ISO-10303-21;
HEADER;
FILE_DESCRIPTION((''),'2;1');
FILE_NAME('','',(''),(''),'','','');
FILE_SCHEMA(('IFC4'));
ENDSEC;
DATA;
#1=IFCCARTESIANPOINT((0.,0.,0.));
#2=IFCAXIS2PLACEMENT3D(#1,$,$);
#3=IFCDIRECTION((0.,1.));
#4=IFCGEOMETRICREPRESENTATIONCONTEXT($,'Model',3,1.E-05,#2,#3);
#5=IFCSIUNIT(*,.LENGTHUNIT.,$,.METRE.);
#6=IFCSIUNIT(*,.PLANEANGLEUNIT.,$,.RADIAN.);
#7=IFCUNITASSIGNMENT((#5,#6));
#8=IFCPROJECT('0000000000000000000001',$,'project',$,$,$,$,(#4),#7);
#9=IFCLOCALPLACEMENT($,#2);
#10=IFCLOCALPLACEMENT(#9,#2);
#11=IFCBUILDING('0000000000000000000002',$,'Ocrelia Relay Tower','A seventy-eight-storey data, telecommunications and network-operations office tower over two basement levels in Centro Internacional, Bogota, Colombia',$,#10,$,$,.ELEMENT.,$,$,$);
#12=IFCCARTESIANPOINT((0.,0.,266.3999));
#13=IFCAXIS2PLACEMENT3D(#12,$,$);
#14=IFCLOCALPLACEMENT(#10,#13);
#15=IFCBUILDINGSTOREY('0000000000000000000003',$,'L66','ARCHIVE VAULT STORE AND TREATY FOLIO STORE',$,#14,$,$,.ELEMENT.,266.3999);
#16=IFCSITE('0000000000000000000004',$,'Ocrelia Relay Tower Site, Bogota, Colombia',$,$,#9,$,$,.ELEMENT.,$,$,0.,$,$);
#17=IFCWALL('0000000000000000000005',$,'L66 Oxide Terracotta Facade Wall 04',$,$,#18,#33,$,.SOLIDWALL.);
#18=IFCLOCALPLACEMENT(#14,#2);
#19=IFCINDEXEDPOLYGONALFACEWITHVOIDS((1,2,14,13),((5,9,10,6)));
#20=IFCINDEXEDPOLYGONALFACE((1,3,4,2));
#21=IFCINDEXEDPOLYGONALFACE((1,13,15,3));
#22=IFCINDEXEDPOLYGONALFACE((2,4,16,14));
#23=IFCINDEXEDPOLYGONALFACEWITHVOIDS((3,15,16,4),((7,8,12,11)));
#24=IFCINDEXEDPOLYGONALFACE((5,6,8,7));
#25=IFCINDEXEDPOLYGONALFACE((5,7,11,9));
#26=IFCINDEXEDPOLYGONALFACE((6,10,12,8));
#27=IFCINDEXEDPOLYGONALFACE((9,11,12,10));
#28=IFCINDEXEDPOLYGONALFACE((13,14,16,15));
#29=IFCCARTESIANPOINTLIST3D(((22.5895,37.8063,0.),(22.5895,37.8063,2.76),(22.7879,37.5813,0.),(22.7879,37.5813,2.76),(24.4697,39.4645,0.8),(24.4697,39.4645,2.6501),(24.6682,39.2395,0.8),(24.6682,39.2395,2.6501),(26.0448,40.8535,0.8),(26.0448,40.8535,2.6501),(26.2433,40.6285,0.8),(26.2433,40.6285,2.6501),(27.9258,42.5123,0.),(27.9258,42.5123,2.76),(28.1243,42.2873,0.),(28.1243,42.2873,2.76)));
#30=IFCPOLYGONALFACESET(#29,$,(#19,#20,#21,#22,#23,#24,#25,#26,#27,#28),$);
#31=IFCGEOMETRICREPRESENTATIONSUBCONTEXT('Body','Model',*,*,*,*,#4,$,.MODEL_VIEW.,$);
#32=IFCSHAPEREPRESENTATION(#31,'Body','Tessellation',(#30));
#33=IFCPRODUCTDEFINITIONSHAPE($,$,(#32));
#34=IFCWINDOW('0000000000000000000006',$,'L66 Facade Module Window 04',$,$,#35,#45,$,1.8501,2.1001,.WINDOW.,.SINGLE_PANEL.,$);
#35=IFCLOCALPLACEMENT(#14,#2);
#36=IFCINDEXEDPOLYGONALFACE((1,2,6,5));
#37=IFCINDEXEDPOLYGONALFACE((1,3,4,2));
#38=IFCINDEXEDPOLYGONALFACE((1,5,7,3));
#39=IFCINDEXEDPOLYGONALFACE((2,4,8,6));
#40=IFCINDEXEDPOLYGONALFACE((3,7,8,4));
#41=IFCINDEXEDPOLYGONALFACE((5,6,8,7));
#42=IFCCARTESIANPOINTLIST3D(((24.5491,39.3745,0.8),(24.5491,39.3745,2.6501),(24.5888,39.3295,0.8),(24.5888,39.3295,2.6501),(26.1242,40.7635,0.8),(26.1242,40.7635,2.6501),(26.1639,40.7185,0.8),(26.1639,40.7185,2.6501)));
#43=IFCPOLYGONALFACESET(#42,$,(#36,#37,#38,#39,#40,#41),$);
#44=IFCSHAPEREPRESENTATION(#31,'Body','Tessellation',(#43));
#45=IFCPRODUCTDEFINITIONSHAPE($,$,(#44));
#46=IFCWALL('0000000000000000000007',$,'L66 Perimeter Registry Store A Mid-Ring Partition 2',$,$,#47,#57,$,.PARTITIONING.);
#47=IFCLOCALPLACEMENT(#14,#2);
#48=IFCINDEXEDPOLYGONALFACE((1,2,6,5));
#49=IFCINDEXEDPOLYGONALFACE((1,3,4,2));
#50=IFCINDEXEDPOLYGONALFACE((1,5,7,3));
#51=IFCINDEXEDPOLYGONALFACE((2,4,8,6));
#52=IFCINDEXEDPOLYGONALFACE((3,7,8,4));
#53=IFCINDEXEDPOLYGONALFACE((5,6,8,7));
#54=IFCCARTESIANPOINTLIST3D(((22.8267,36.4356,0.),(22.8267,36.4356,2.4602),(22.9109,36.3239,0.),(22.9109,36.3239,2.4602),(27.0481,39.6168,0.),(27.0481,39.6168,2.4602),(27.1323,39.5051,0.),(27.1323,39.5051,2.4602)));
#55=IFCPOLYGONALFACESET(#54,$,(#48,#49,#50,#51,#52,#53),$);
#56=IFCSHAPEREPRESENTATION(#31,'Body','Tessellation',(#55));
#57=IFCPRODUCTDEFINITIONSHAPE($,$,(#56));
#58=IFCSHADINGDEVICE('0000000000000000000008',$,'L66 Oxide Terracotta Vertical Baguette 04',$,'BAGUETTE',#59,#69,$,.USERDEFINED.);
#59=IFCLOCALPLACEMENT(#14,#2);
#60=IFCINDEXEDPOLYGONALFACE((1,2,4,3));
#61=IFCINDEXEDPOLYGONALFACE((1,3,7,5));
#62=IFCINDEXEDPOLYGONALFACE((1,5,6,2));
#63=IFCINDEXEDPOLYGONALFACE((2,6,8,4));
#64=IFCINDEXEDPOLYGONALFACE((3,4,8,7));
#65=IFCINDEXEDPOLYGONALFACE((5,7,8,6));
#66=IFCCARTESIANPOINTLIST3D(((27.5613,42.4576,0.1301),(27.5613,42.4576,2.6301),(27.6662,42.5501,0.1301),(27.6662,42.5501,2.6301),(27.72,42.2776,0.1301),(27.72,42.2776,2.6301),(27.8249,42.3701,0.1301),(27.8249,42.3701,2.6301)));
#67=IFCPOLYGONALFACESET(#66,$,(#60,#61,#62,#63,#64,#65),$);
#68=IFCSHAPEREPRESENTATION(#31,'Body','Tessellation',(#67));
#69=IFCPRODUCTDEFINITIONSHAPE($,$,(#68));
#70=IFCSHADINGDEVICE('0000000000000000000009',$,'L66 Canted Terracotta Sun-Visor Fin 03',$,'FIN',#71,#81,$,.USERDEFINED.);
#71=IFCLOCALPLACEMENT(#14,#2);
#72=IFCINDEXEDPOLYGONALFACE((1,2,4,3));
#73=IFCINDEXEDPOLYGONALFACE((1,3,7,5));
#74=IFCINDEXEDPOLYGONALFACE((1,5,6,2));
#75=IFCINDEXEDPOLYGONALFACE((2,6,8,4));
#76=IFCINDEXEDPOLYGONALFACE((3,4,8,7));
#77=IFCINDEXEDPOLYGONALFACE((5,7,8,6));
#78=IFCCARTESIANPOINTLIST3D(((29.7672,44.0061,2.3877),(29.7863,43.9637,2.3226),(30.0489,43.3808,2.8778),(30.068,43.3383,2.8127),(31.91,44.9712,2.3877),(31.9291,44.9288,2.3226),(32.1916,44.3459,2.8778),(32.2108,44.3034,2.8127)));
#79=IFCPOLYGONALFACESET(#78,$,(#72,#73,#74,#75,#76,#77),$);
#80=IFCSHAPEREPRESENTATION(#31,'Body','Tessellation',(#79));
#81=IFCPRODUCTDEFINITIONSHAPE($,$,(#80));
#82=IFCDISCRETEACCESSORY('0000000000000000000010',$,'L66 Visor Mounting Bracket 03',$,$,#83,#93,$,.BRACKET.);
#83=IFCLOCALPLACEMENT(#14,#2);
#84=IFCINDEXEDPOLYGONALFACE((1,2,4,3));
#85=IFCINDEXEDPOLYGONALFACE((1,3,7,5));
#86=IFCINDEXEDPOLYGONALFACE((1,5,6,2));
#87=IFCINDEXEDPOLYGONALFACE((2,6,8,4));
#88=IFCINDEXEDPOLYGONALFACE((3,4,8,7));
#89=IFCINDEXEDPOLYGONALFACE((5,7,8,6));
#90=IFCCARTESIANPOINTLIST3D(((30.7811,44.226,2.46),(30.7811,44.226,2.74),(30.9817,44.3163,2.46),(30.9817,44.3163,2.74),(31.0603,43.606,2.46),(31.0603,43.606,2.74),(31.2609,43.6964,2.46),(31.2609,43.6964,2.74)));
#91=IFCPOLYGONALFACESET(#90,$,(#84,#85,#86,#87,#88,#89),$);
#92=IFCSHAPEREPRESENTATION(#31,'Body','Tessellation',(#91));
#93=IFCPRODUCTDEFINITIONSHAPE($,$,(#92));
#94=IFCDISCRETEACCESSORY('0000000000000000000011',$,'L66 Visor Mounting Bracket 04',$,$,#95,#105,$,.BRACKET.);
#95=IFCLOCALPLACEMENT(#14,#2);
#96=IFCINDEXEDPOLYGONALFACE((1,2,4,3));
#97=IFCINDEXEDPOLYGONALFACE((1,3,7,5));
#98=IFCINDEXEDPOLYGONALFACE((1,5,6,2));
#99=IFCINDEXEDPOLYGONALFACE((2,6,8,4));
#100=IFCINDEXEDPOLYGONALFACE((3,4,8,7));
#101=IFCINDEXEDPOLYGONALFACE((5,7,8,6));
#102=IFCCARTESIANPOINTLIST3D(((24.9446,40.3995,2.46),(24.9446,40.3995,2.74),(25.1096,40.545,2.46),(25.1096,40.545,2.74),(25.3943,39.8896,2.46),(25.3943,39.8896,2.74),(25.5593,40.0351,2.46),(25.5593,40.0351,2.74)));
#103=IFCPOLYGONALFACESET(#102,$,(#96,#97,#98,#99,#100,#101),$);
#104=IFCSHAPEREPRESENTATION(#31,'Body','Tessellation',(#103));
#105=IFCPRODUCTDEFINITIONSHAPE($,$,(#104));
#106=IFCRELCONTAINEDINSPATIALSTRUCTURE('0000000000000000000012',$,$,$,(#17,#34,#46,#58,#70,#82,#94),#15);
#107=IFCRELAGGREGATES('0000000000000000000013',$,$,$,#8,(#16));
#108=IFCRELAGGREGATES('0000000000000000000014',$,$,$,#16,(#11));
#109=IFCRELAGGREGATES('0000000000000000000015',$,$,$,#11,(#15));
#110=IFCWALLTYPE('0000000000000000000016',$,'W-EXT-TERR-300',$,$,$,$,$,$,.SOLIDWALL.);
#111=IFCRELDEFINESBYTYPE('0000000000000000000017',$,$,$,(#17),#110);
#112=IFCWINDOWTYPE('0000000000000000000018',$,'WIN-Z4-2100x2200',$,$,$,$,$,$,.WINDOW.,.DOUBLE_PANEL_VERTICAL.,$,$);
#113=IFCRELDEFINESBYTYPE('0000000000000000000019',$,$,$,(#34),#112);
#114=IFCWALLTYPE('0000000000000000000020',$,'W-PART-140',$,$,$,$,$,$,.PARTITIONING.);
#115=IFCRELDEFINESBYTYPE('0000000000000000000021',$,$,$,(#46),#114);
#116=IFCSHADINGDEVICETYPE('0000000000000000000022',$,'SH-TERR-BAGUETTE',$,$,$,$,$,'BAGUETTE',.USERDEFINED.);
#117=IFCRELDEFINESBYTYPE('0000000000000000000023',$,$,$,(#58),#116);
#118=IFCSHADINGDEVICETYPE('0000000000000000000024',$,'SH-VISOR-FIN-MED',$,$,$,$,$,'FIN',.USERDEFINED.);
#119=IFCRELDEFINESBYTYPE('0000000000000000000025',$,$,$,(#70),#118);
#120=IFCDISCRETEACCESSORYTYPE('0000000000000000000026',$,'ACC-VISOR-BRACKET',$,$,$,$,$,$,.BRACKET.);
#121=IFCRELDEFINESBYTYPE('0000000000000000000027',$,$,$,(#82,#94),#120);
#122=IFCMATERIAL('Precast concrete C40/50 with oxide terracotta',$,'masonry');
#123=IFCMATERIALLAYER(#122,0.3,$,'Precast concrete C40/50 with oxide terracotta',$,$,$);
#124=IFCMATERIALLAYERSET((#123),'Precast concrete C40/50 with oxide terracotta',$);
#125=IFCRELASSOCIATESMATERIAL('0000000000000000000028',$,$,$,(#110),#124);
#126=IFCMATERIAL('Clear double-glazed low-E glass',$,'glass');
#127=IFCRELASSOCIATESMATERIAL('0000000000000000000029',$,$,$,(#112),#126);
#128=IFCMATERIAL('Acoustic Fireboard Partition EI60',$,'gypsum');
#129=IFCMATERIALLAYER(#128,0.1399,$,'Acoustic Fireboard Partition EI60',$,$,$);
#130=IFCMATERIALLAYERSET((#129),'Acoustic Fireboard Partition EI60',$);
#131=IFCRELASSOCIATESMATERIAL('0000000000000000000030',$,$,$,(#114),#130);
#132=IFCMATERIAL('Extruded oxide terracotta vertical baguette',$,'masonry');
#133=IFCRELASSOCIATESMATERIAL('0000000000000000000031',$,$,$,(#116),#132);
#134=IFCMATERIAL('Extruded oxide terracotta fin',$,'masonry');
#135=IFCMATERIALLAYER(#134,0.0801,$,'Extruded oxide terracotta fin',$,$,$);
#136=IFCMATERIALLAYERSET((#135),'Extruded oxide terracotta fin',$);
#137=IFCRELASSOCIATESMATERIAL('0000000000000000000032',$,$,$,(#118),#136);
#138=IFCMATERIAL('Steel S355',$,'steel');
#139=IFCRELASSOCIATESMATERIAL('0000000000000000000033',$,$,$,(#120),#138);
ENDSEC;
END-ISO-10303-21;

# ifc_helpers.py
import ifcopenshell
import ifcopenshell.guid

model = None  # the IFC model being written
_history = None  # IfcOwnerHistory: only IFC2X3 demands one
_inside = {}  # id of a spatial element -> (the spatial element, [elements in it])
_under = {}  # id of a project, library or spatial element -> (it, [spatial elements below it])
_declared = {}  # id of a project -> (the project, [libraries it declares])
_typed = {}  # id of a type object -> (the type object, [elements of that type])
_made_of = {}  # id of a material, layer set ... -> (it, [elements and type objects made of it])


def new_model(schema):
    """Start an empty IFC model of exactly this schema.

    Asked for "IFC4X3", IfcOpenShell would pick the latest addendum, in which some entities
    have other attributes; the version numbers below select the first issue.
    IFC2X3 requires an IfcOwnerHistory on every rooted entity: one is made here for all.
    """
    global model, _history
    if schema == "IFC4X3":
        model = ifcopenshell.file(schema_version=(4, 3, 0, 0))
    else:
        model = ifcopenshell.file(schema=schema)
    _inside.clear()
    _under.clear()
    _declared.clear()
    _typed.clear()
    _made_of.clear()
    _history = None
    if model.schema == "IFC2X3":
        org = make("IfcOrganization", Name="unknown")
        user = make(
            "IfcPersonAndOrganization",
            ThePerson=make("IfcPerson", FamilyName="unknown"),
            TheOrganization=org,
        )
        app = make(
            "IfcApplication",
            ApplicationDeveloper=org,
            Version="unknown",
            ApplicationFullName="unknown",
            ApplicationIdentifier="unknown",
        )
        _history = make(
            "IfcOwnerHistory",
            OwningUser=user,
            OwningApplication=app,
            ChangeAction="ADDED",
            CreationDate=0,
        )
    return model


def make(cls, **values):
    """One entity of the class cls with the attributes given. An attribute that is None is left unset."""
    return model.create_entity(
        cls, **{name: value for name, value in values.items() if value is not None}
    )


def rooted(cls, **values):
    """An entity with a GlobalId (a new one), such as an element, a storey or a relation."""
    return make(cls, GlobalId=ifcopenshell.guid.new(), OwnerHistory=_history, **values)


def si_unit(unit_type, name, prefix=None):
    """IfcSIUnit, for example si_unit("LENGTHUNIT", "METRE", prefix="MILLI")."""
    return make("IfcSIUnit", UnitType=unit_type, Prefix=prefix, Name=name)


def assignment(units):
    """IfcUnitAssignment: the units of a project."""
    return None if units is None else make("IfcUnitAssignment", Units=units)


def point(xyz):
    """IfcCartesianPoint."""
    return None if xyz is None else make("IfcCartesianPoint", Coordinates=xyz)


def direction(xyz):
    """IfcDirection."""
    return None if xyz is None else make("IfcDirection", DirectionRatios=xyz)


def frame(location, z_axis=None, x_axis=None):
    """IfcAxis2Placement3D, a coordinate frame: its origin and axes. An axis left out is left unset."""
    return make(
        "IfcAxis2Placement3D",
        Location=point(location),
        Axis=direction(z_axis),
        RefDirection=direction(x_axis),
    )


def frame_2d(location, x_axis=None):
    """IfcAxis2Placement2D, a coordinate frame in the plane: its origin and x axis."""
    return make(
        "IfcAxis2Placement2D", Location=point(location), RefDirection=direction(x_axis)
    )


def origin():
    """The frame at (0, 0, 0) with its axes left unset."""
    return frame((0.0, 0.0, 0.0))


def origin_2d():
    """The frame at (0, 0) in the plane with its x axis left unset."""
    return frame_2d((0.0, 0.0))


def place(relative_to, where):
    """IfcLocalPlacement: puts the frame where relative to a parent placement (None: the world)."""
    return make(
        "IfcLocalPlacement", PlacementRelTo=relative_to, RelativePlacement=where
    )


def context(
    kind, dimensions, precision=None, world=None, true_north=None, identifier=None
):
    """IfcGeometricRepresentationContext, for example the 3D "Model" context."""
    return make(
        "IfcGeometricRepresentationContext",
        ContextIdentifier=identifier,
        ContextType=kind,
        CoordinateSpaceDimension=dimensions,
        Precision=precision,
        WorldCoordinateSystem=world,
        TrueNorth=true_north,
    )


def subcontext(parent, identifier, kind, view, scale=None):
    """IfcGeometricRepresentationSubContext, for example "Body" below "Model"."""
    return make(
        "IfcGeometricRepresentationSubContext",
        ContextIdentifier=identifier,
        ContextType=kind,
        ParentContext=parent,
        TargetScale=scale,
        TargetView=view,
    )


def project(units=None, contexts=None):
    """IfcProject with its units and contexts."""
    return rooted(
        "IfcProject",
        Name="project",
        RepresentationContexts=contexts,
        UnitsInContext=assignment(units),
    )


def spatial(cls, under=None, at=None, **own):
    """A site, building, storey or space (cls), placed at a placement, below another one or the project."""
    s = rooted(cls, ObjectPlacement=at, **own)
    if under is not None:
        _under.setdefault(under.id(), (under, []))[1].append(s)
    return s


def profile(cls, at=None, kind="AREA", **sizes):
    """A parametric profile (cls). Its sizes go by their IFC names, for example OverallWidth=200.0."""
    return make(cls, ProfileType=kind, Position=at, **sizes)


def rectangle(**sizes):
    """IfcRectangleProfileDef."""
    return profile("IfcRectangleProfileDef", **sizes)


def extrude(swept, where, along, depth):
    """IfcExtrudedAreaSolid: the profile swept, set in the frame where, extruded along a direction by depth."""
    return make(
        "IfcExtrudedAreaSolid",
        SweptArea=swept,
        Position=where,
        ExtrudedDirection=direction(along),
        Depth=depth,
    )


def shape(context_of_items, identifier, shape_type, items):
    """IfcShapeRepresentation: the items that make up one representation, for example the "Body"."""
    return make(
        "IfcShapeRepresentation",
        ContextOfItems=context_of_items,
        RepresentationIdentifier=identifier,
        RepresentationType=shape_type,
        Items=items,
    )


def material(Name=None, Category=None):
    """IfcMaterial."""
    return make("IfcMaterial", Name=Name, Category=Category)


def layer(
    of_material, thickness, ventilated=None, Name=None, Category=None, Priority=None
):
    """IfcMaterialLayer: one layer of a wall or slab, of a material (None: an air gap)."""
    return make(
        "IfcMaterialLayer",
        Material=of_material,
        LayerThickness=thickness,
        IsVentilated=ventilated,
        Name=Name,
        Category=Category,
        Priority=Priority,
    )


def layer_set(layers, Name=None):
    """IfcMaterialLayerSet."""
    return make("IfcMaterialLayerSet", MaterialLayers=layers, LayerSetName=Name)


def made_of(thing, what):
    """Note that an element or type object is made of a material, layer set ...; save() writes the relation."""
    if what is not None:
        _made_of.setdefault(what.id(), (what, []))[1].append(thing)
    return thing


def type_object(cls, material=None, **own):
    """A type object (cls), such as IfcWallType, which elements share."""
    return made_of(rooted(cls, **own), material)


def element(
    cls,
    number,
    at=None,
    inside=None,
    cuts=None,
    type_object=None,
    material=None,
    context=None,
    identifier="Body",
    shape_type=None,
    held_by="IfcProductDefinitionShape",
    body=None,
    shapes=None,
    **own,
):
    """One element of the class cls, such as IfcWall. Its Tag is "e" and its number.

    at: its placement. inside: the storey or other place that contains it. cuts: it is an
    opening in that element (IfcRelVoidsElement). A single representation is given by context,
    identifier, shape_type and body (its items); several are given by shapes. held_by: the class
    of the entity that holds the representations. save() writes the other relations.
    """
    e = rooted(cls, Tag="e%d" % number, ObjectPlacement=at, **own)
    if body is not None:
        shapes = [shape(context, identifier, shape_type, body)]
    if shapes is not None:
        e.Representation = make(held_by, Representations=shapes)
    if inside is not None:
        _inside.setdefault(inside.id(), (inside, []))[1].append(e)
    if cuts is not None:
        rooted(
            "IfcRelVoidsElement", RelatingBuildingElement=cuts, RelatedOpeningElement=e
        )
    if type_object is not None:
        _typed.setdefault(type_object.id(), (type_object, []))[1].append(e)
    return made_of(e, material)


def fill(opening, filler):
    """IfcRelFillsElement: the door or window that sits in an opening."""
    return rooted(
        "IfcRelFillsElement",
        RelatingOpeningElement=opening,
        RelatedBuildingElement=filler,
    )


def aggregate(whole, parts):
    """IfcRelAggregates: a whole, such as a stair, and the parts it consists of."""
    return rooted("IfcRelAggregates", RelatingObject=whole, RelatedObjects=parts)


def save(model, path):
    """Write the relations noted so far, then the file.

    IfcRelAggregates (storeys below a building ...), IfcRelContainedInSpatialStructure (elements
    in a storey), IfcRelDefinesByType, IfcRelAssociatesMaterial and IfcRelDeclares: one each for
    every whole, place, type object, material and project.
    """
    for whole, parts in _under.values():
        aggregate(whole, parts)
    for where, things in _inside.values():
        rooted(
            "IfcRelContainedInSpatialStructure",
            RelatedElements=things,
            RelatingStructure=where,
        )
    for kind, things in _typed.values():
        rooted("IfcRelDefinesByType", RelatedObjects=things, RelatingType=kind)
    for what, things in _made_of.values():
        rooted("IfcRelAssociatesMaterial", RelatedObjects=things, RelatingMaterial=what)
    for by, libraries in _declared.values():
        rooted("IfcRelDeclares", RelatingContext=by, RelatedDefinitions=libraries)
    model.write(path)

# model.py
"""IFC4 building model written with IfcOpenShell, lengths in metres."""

from ifc_helpers import new_model, si_unit, direction, frame, frame_2d, origin, origin_2d, place, context, subcontext, project, spatial, rectangle, extrude, material, layer, layer_set, type_object, element, fill, save


model = new_model("IFC4")

# Units and contexts
model_context = context("Model", 3, precision=1e-05, world=origin(), true_north=direction((0.0, 1.0)))
body_context = subcontext(model_context, "Body", "Model", "MODEL_VIEW")
ifc_project = project(units=[si_unit("LENGTHUNIT", "METRE"), si_unit("PLANEANGLEUNIT", "RADIAN")], contexts=[model_context])

# Site, building, storey
site_placement = place(None, origin())
site = spatial("IfcSite", under=ifc_project, at=site_placement, Name="Ocrelia Relay Tower Site, Bogota, Colombia", CompositionType="ELEMENT", RefElevation=0.0)
building_placement = place(site_placement, origin())
building = spatial("IfcBuilding", under=site, at=building_placement, Name="Ocrelia Relay Tower", Description="A seventy-eight-storey data, telecommunications and network-operations office tower over two basement levels in Centro Internacional, Bogota, Colombia", CompositionType="ELEMENT")
storey_placement = place(building_placement, frame((0.0, 0.0, 266.3999)))
storey = spatial("IfcBuildingStorey", under=building, at=storey_placement, Name="L66", Description="ARCHIVE VAULT STORE AND TREATY FOLIO STORE", CompositionType="ELEMENT", Elevation=266.3999)

# Shared definitions
ifc_material_1 = material(Name="Steel S355", Category="steel")

# Wall, opening, window
ifc_material_2 = material(Name="Precast concrete C40/50 with oxide terracotta", Category="masonry")
ifc_layer_1 = layer(ifc_material_2, 0.3, Name="Precast concrete C40/50 with oxide terracotta")
ifc_layer_set_1 = layer_set([ifc_layer_1], Name="Precast concrete C40/50 with oxide terracotta")
wall_type_1 = type_object("IfcWallType", Name="W-EXT-TERR-300", PredefinedType="SOLIDWALL", material=ifc_layer_set_1)
wall_1_placement = place(storey_placement, frame((28.0251, 42.3999, 0.0), z_axis=(0.0, 0.0, 1.0), x_axis=(-0.750016, -0.66142, 0.0)))
wall_1 = element("IfcWall", 1, at=wall_1_placement, inside=storey, type_object=wall_type_1, Name="L66 Oxide Terracotta Facade Wall 04", PredefinedType="SOLIDWALL", context=body_context, shape_type="SweptSolid", body=[
    extrude(rectangle(XDim=7.115, YDim=0.3, at=frame_2d((3.5576, 0.0))), origin(), (0.0, 0.0, 1.0), 2.76),
])
opening_1_placement = place(wall_1_placement, frame((2.5081, 0.0, 0.8)))
opening_1 = element("IfcOpeningElement", 2, at=opening_1_placement, cuts=wall_1, PredefinedType="OPENING", context=body_context, shape_type="SweptSolid", body=[
    extrude(rectangle(XDim=2.1001, YDim=1.8501, at=frame_2d((1.05, 0.925))), frame((0.0, 0.1602, 0.0), z_axis=(0.0, -1.0, 0.0), x_axis=(1.0, 0.0, 0.0)), (0.0, 0.0, 1.0), 0.3201),
])
ifc_material_3 = material(Name="Clear double-glazed low-E glass", Category="glass")
window_type = type_object("IfcWindowType", Name="WIN-Z4-2100x2200", PartitioningType="DOUBLE_PANEL_VERTICAL", PredefinedType="WINDOW", material=ifc_material_3)
window_placement = place(opening_1_placement, origin())
window = element("IfcWindow", 3, at=window_placement, inside=storey, type_object=window_type, Name="L66 Facade Module Window 04", OverallHeight=1.8501, OverallWidth=2.1001, PartitioningType="SINGLE_PANEL", PredefinedType="WINDOW", context=body_context, shape_type="SweptSolid", body=[
    extrude(rectangle(XDim=2.1001, YDim=1.8501, at=frame_2d((1.05, 0.925))), frame((0.0, 0.03, 0.0), z_axis=(0.0, -1.0, 0.0), x_axis=(1.0, 0.0, 0.0)), (0.0, 0.0, 1.0), 0.0601),
])
fill(opening_1, window)

# Wall
ifc_material_4 = material(Name="Acoustic Fireboard Partition EI60", Category="gypsum")
ifc_layer_2 = layer(ifc_material_4, 0.1399, Name="Acoustic Fireboard Partition EI60")
ifc_layer_set_2 = layer_set([ifc_layer_2], Name="Acoustic Fireboard Partition EI60")
wall_type_2 = type_object("IfcWallType", Name="W-PART-140", PredefinedType="PARTITIONING", material=ifc_layer_set_2)
wall_2_placement = place(storey_placement, frame((27.0903, 39.561, 0.0), z_axis=(0.0, 0.0, 1.0), x_axis=(-0.798629, -0.601824, 0.0)))
element("IfcWall", 4, at=wall_2_placement, inside=storey, type_object=wall_type_2, Name="L66 Perimeter Registry Store A Mid-Ring Partition 2", PredefinedType="PARTITIONING", context=body_context, shape_type="SweptSolid", body=[
    extrude(rectangle(XDim=5.2859, YDim=0.1399, at=frame_2d((2.6431, 0.0))), origin(), (0.0, 0.0, 1.0), 2.4602),
])

# Shading devices
ifc_material_5 = material(Name="Extruded oxide terracotta vertical baguette", Category="masonry")
shading_device_type_1 = type_object("IfcShadingDeviceType", Name="SH-TERR-BAGUETTE", ElementType="BAGUETTE", PredefinedType="USERDEFINED", material=ifc_material_5)
shading_device_1_placement = place(storey_placement, frame((27.6931, 42.4138, 0.1301), z_axis=(0.0, 0.0, 1.0), x_axis=(-0.750017, -0.661418, 0.0)))
element("IfcShadingDevice", 5, at=shading_device_1_placement, inside=storey, type_object=shading_device_type_1, Name="L66 Oxide Terracotta Vertical Baguette 04", ObjectType="BAGUETTE", PredefinedType="USERDEFINED", context=body_context, shape_type="SweptSolid", body=[
    extrude(rectangle(XDim=0.1399, YDim=0.24, at=origin_2d()), origin(), (0.0, 0.0, 1.0), 2.5),
])
ifc_material_6 = material(Name="Extruded oxide terracotta fin", Category="masonry")
ifc_layer_3 = layer(ifc_material_6, 0.0801, Name="Extruded oxide terracotta fin")
ifc_layer_set_3 = layer_set([ifc_layer_3], Name="Extruded oxide terracotta fin")
shading_device_type_2 = type_object("IfcShadingDeviceType", Name="SH-VISOR-FIN-MED", ElementType="FIN", PredefinedType="USERDEFINED", material=ifc_layer_set_3)
shading_device_2_placement = place(storey_placement, frame((30.9985, 44.1335, 2.5676), z_axis=(-0.238763, 0.530126, 0.813608), x_axis=(-0.911789, -0.41066, 0.0)))
element("IfcShadingDevice", 6, at=shading_device_2_placement, inside=storey, type_object=shading_device_type_2, Name="L66 Canted Terracotta Sun-Visor Fin 03", ObjectType="FIN", PredefinedType="USERDEFINED", context=body_context, shape_type="SweptSolid", body=[
    extrude(rectangle(XDim=2.3501, YDim=0.843, at=origin_2d()), origin(), (0.0, 0.0, 1.0), 0.0801),
])

# Discrete accessories
discrete_accessory_type = type_object("IfcDiscreteAccessoryType", Name="ACC-VISOR-BRACKET", PredefinedType="BRACKET", material=ifc_material_1)
for number, where, z_axis, x_axis, name in (
    (7, (31.021, 43.9612, 2.46), (0.0, 0.0, 1.0), (-0.911789, -0.41066, 0.0), "L66 Visor Mounting Bracket 03"),
    (8, (25.252, 40.2173, 2.46), (0.0, 0.0, 1.0), (-0.750017, -0.661418, 0.0), "L66 Visor Mounting Bracket 04"),
):
    element("IfcDiscreteAccessory", number, at=place(storey_placement, frame(where, z_axis=z_axis, x_axis=x_axis)), inside=storey, type_object=discrete_accessory_type, Name=name, PredefinedType="BRACKET", context=body_context, shape_type="SweptSolid", body=[
        extrude(rectangle(XDim=0.22, YDim=0.6799, at=origin_2d()), origin(), (0.0, 0.0, 1.0), 0.28),
    ])

save(model, "model.ifc")
